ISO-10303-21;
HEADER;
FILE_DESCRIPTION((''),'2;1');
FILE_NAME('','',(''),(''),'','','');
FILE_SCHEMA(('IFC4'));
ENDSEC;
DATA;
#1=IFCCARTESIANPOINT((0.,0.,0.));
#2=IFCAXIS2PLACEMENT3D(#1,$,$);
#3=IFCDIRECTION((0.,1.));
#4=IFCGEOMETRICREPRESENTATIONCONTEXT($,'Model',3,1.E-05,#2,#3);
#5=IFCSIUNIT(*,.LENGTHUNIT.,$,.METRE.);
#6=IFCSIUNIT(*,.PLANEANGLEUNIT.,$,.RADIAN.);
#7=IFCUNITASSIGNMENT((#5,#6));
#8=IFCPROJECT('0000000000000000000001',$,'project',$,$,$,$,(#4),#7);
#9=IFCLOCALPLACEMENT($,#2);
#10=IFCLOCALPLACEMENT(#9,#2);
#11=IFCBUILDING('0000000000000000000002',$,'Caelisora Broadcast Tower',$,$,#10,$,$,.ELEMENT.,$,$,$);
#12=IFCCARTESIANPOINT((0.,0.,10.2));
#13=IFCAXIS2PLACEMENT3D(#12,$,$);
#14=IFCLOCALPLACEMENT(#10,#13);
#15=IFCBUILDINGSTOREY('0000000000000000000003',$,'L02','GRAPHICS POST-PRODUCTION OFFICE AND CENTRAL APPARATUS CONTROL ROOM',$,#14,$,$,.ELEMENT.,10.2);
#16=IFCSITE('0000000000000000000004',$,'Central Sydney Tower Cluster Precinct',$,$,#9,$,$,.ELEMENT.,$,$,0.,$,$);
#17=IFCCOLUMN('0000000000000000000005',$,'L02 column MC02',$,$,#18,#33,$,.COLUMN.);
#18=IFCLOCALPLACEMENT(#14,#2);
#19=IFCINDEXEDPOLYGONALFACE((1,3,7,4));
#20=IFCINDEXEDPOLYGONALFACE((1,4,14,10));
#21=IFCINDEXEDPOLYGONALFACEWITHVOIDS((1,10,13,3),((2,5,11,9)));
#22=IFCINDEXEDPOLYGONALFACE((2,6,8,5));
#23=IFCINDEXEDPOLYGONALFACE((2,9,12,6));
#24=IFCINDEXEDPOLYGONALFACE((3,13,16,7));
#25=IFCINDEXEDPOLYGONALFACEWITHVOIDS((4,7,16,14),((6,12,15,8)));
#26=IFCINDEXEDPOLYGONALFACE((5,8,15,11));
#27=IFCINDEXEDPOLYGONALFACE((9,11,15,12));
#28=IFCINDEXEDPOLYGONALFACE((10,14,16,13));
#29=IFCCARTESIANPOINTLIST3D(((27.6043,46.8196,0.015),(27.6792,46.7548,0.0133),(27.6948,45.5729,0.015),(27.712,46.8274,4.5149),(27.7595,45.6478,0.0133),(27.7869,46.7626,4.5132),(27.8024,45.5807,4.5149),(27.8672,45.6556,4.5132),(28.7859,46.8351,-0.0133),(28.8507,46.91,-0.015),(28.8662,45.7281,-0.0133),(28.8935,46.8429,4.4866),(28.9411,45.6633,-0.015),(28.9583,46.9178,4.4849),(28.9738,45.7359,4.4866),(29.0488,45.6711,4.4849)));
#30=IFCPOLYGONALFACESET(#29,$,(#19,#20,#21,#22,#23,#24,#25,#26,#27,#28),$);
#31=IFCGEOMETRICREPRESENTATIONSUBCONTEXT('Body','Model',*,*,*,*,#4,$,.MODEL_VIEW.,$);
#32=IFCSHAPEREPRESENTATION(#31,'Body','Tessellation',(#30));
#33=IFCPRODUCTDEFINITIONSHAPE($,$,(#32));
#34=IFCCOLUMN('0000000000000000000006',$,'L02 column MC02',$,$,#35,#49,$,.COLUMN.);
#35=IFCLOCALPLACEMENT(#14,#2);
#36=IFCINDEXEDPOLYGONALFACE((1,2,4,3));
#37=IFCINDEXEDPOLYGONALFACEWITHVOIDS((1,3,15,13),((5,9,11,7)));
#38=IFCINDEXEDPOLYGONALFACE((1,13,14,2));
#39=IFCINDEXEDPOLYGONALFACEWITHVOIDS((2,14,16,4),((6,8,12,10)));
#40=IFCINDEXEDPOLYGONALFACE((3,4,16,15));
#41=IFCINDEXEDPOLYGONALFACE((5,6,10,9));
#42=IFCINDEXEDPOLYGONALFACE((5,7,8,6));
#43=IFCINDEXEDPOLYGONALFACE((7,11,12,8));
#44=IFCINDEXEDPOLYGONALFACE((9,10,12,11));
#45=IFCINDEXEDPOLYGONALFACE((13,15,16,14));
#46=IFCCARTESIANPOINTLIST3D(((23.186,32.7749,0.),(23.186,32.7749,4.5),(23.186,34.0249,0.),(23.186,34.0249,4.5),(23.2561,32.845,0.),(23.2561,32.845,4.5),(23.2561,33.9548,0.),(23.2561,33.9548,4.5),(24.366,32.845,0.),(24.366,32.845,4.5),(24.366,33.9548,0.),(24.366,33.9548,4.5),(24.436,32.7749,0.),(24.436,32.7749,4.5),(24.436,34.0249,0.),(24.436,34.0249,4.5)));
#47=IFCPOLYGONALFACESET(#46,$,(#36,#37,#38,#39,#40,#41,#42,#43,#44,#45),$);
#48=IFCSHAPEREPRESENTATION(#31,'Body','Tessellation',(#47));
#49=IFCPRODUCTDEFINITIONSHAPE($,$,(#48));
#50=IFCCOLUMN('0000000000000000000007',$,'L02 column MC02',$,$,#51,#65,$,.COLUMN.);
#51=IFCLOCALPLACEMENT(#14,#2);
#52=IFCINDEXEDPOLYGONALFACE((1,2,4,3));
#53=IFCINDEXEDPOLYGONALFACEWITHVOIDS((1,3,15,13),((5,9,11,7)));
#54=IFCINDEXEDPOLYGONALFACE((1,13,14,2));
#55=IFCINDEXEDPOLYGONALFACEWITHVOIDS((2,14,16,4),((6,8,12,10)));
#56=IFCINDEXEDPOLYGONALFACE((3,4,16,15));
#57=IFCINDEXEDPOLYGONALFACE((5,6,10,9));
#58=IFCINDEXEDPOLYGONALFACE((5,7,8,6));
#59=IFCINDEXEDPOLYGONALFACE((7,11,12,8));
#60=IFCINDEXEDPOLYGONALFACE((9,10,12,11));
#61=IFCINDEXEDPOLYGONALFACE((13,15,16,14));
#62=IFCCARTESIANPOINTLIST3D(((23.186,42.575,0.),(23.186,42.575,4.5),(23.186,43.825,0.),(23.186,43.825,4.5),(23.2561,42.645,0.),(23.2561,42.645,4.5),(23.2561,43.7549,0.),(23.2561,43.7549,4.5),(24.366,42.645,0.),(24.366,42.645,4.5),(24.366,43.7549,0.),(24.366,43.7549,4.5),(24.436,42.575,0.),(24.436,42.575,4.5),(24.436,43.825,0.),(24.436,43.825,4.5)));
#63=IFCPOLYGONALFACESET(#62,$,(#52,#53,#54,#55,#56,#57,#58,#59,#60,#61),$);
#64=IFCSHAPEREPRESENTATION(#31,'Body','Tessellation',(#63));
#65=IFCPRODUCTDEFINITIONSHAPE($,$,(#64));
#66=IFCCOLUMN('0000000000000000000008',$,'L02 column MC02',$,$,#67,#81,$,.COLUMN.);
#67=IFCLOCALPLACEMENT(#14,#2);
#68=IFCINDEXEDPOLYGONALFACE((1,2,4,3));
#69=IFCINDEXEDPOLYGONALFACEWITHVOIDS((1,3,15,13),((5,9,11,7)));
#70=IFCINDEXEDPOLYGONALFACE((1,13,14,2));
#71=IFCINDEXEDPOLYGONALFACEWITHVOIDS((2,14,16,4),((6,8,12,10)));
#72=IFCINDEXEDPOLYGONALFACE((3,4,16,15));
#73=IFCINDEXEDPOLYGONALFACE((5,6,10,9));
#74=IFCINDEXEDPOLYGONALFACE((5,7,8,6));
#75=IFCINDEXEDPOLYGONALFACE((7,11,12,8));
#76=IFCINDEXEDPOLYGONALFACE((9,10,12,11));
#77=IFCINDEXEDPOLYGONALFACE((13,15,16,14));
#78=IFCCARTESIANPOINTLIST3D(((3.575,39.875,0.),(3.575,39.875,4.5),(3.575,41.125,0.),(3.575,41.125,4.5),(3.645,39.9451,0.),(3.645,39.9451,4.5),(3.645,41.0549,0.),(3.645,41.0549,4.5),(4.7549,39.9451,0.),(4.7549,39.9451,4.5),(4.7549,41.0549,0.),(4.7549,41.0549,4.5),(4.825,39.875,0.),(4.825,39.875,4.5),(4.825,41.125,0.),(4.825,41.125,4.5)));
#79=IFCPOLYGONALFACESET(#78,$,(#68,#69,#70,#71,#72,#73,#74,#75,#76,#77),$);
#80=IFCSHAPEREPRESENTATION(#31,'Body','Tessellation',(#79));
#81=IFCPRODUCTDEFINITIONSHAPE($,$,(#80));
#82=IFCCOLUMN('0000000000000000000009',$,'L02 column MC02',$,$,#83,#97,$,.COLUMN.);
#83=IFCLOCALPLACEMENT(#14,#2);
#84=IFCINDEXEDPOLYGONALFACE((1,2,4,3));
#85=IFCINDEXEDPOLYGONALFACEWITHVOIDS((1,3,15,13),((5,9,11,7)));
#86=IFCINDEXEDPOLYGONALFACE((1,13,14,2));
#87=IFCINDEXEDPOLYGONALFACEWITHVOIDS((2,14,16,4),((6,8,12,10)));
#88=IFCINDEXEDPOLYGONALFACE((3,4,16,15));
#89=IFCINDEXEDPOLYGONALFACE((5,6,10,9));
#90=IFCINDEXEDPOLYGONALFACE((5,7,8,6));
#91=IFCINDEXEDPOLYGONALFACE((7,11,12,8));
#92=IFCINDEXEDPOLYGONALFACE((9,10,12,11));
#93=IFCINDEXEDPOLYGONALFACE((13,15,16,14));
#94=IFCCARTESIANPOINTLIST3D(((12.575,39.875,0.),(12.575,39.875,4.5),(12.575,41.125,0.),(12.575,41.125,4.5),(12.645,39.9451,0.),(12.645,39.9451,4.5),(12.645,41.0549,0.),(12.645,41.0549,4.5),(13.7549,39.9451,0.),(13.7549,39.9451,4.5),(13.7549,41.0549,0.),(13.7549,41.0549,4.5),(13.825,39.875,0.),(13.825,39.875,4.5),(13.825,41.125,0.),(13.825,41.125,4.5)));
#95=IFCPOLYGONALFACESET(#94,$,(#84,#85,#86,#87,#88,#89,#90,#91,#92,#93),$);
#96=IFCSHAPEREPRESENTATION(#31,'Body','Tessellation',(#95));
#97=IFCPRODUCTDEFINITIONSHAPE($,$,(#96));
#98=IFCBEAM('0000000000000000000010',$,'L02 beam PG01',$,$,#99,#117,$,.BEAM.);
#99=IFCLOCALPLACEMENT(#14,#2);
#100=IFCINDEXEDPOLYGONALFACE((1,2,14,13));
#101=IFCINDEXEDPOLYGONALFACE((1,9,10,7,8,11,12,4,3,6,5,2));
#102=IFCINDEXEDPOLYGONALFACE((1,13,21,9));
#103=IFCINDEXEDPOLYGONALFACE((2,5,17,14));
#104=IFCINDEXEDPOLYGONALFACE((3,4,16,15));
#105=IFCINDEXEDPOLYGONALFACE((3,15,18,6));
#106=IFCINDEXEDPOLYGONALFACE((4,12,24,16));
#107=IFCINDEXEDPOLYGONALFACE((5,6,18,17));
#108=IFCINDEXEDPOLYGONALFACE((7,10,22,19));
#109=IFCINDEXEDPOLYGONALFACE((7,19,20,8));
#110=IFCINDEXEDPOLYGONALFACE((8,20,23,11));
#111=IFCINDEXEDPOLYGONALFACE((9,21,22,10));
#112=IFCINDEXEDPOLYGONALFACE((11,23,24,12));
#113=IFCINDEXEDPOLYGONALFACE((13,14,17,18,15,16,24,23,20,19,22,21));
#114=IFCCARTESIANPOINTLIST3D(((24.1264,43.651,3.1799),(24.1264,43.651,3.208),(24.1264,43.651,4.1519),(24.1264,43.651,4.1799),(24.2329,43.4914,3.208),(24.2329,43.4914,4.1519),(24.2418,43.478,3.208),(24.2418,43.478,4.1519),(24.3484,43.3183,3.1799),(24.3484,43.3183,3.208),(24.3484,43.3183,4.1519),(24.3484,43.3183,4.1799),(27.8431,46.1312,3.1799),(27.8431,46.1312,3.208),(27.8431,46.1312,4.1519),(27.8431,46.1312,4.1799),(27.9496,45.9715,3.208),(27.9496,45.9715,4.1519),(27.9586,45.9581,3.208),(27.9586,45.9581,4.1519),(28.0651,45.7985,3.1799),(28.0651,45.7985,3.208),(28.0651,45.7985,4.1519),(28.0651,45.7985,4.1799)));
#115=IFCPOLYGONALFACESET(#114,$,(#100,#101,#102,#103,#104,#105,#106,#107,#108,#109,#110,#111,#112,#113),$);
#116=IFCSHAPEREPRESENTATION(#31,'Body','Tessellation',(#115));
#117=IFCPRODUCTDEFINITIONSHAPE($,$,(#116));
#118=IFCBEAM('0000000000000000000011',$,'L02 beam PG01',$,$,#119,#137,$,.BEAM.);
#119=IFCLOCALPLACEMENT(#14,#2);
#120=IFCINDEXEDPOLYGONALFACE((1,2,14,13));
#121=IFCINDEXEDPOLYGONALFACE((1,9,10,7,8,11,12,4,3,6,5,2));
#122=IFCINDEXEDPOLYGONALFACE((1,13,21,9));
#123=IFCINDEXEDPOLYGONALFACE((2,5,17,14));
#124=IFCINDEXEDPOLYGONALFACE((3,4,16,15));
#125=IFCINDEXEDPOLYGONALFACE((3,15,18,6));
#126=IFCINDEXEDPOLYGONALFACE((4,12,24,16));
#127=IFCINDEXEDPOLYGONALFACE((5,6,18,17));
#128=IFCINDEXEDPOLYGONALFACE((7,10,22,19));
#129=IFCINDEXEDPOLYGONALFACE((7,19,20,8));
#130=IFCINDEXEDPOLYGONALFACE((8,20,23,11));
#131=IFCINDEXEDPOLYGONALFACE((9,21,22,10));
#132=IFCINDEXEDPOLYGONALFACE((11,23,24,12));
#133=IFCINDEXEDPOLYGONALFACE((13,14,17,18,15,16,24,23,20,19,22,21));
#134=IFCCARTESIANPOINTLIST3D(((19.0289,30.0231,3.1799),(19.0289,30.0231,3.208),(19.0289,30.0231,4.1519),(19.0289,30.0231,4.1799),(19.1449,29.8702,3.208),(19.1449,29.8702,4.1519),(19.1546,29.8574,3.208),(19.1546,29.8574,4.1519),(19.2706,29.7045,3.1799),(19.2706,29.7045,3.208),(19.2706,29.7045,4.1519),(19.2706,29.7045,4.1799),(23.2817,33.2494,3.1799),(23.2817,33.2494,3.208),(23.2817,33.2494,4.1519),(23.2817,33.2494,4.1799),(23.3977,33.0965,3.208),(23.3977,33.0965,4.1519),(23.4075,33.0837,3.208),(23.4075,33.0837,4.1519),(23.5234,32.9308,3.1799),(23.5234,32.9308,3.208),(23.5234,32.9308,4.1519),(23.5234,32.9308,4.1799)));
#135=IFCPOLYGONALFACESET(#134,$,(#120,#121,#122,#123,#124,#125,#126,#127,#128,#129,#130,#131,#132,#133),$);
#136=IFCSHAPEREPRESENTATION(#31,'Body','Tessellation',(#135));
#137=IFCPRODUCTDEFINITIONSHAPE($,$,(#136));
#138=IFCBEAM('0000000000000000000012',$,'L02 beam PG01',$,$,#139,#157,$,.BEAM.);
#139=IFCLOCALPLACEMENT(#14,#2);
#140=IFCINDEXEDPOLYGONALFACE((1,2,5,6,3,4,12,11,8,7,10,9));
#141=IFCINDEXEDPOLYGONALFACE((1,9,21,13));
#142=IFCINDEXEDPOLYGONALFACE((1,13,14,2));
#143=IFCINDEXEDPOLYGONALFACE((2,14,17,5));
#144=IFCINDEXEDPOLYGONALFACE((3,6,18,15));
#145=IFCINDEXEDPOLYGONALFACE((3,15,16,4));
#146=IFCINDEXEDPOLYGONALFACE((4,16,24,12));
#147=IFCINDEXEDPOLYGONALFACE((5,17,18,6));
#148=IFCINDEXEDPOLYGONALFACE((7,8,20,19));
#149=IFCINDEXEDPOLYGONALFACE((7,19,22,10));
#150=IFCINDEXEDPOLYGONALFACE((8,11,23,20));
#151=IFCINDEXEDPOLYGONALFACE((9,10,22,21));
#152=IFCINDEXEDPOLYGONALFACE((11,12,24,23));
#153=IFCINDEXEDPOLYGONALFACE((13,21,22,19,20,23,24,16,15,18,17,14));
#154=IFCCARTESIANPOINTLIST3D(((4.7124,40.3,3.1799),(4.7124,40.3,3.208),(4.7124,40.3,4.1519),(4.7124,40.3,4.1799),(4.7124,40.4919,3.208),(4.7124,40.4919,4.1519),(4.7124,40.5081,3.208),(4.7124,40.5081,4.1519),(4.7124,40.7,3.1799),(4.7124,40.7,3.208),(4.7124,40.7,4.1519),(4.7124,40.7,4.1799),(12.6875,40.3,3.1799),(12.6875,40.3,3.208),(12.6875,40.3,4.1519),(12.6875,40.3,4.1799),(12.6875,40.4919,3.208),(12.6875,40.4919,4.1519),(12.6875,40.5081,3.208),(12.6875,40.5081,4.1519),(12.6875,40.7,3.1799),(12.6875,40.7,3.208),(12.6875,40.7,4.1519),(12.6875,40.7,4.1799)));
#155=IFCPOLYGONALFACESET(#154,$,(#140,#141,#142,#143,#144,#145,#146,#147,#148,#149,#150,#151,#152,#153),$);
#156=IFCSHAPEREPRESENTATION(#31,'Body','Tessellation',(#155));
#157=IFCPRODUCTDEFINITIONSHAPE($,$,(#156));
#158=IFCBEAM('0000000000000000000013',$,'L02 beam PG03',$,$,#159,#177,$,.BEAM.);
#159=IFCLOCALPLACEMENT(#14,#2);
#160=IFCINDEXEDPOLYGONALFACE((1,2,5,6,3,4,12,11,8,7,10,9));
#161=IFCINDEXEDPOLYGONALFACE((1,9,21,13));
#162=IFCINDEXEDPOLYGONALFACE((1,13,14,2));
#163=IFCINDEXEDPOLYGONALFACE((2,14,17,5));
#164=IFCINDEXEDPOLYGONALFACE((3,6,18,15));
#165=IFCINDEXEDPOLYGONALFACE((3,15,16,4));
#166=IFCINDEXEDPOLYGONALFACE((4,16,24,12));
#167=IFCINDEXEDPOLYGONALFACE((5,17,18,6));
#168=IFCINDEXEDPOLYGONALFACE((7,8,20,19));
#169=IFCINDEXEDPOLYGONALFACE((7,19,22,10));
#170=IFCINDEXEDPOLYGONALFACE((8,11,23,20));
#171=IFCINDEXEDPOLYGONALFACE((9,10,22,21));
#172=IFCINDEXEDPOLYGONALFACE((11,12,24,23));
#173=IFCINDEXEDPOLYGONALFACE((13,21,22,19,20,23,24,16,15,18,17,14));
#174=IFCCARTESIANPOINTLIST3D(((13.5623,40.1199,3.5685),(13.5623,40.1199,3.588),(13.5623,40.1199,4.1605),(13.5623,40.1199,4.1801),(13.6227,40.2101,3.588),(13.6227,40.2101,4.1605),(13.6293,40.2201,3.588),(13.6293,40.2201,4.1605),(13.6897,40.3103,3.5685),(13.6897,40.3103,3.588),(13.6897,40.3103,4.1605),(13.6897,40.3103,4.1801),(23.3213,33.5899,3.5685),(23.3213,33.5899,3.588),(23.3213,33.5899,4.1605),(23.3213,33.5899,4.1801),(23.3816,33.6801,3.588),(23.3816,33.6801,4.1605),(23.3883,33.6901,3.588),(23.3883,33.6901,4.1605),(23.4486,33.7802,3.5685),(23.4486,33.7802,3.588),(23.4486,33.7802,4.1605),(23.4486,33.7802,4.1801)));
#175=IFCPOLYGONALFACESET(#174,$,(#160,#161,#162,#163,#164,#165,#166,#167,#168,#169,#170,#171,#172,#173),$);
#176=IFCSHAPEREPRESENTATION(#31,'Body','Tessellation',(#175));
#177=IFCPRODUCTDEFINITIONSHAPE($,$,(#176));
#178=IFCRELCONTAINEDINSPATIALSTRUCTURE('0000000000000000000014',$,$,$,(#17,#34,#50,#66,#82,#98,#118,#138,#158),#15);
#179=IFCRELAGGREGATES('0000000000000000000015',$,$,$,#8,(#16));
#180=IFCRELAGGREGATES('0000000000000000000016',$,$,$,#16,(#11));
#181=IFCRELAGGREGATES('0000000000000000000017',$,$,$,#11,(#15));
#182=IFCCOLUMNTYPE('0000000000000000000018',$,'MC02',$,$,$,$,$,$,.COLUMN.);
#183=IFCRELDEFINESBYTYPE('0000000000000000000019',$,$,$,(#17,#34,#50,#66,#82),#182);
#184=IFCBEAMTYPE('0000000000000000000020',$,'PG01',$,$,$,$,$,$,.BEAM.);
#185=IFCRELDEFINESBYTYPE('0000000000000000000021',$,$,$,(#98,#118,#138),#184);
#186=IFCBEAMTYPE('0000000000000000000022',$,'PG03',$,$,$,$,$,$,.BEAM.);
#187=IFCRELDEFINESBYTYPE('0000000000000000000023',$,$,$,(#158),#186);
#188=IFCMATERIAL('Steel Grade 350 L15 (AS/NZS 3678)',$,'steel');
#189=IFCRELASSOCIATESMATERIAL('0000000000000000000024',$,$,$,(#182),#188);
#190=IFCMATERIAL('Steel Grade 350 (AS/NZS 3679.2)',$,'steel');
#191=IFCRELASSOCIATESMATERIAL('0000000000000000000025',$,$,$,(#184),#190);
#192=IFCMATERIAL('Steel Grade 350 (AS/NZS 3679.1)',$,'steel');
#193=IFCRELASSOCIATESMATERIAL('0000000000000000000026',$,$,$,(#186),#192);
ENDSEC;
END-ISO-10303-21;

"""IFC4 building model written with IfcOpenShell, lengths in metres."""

from ifc_helpers import new_model, si_unit, direction, frame, origin, origin_2d, place, context, subcontext, project, spatial, hollow_rectangle, i_section, extrude, source, transform, mapped, material, material_profile, profile_set, type_object, type_shapes, element, save


model = new_model("IFC4")

# Units and contexts
model_context = context("Model", 3, precision=1e-05, world=origin(), true_north=direction((0.0, 1.0)))
body_context = subcontext(model_context, "Body", "Model", "MODEL_VIEW")
ifc_project = project(units=[si_unit("LENGTHUNIT", "METRE"), si_unit("PLANEANGLEUNIT", "RADIAN")], contexts=[model_context])

# Site, building, storey
site_placement = place(None, origin())
site = spatial("IfcSite", under=ifc_project, at=site_placement, Name="Central Sydney Tower Cluster Precinct", CompositionType="ELEMENT", RefElevation=0.0)
building_placement = place(site_placement, origin())
building = spatial("IfcBuilding", under=site, at=building_placement, Name="Caelisora Broadcast Tower", CompositionType="ELEMENT")
storey_placement = place(building_placement, frame((0.0, 0.0, 10.2)))
storey = spatial("IfcBuildingStorey", under=building, at=storey_placement, Name="L02", Description="GRAPHICS POST-PRODUCTION OFFICE AND CENTRAL APPARATUS CONTROL ROOM", CompositionType="ELEMENT", Elevation=10.2)

# Columns
ifc_material_1 = material(Name="Steel Grade 350 L15 (AS/NZS 3678)", Category="steel")
ifc_material_profile_1 = material_profile(ifc_material_1, hollow_rectangle(XDim=1.25, YDim=1.25, WallThickness=0.0701, at=origin_2d()), Name="Steel Grade 350 L15 (AS/NZS 3678)")
ifc_profile_set_1 = profile_set([ifc_material_profile_1], Name="Steel Grade 350 L15 (AS/NZS 3678)")
column_type = type_object("IfcColumnType", Name="MC02", PredefinedType="COLUMN", material=ifc_profile_set_1)
shared_shape_1 = source(origin(), body_context, "Body", "SweptSolid", [
    extrude(hollow_rectangle(XDim=1.25, YDim=1.25, WallThickness=0.0701, at=origin_2d()), origin(), (0.0, 0.0, 1.0), 4.5012),
])
column_placement = place(storey_placement, frame((28.2727, 46.2415, 0.0), z_axis=(0.023919, 0.001736, 0.999712), x_axis=(-0.072372, 0.997378, 0.0)))
element("IfcColumn", 1, at=column_placement, inside=storey, type_object=column_type, Name="L02 column MC02", PredefinedType="COLUMN", context=body_context, shape_type="MappedRepresentation", body=[
    mapped(shared_shape_1, transform((0.0, 0.0, 0.0), scale=1.0)),
])
shared_shape_2 = source(origin(), body_context, "Body", "SweptSolid", [
    extrude(hollow_rectangle(XDim=1.25, YDim=1.25, WallThickness=0.0701, at=origin_2d()), origin(), (0.0, 0.0, 1.0), 4.5),
])
type_shapes(column_type, [shared_shape_1, shared_shape_2])
for number, where, z_axis, x_axis, name in (
    (2, (23.811, 33.3999, 0.0), (0.0, 0.0, 1.0), (1.0, 0.0, 0.0), "L02 column MC02"),
    (3, (23.811, 43.2, 0.0), (0.0, 0.0, 1.0), (1.0, 0.0, 0.0), "L02 column MC02"),
    (4, (4.2, 40.5, 0.0), (0.0, 0.0, 1.0), (1.0, 0.0, 0.0), "L02 column MC02"),
    (5, (13.2, 40.5, 0.0), (0.0, 0.0, 1.0), (1.0, 0.0, 0.0), "L02 column MC02"),
):
    element("IfcColumn", number, at=place(storey_placement, frame(where, z_axis=z_axis, x_axis=x_axis)), inside=storey, type_object=column_type, Name=name, PredefinedType="COLUMN", context=body_context, shape_type="MappedRepresentation", body=[
        mapped(shared_shape_2, transform((0.0, 0.0, 0.0), scale=1.0)),
    ])

# Beams
ifc_material_2 = material(Name="Steel Grade 350 (AS/NZS 3679.2)", Category="steel")
ifc_material_profile_2 = material_profile(ifc_material_2, i_section(OverallWidth=0.3999, OverallDepth=1.0, WebThickness=0.0161, FlangeThickness=0.0281, at=origin_2d()), Name="Steel Grade 350 (AS/NZS 3679.2)")
ifc_profile_set_2 = profile_set([ifc_material_profile_2], Name="Steel Grade 350 (AS/NZS 3679.2)")
beam_type_1 = type_object("IfcBeamType", Name="PG01", PredefinedType="BEAM", material=ifc_profile_set_2)
shared_shape_3 = source(origin(), body_context, "Body", "SweptSolid", [
    extrude(i_section(OverallWidth=0.3999, OverallDepth=1.0, WebThickness=0.0161, FlangeThickness=0.0281, at=origin_2d()), origin(), (0.0, 0.0, 1.0), 4.4683),
])
beam_1_placement = place(storey_placement, frame((27.9541, 45.9648, 3.6799), z_axis=(-0.831806, -0.555066, 0.0), x_axis=(0.555066, -0.831806, 0.0)))
element("IfcBeam", 6, at=beam_1_placement, inside=storey, type_object=beam_type_1, Name="L02 beam PG01", PredefinedType="BEAM", context=body_context, shape_type="MappedRepresentation", body=[
    mapped(shared_shape_3, transform((0.0, 0.0, 0.0), scale=1.0)),
])
shared_shape_4 = source(origin(), body_context, "Body", "SweptSolid", [
    extrude(i_section(OverallWidth=0.3999, OverallDepth=1.0, WebThickness=0.0161, FlangeThickness=0.0281, at=origin_2d()), origin(), (0.0, 0.0, 1.0), 5.3381),
])
beam_2_placement = place(storey_placement, frame((23.4026, 33.0901, 3.6799), z_axis=(-0.796695, -0.604381, 0.0), x_axis=(0.604381, -0.796695, 0.0)))
element("IfcBeam", 7, at=beam_2_placement, inside=storey, type_object=beam_type_1, Name="L02 beam PG01", PredefinedType="BEAM", context=body_context, shape_type="MappedRepresentation", body=[
    mapped(shared_shape_4, transform((0.0, 0.0, 0.0), scale=1.0)),
])
shared_shape_5 = source(origin(), body_context, "Body", "SweptSolid", [
    extrude(i_section(OverallWidth=0.3999, OverallDepth=1.0, WebThickness=0.0161, FlangeThickness=0.0281, at=origin_2d()), origin(), (0.0, 0.0, 1.0), 7.9751),
])
beam_3_placement = place(storey_placement, frame((4.7124, 40.5, 3.6799), z_axis=(1.0, 0.0, 0.0), x_axis=(0.0, 1.0, 0.0)))
element("IfcBeam", 8, at=beam_3_placement, inside=storey, type_object=beam_type_1, Name="L02 beam PG01", PredefinedType="BEAM", context=body_context, shape_type="MappedRepresentation", body=[
    mapped(shared_shape_5, transform((0.0, 0.0, 0.0), scale=1.0)),
])
ifc_material_3 = material(Name="Steel Grade 350 (AS/NZS 3679.1)", Category="steel")
ifc_material_profile_3 = material_profile(ifc_material_3, i_section(OverallWidth=0.229, OverallDepth=0.6116, WebThickness=0.012, FlangeThickness=0.0195, at=origin_2d()), Name="Steel Grade 350 (AS/NZS 3679.1)")
ifc_profile_set_3 = profile_set([ifc_material_profile_3], Name="Steel Grade 350 (AS/NZS 3679.1)")
beam_type_2 = type_object("IfcBeamType", Name="PG03", PredefinedType="BEAM", material=ifc_profile_set_3)
shared_shape_6 = source(origin(), body_context, "Body", "SweptSolid", [
    extrude(i_section(OverallWidth=0.229, OverallDepth=0.6116, WebThickness=0.012, FlangeThickness=0.0195, at=origin_2d()), origin(), (0.0, 0.0, 1.0), 11.7422),
])
type_shapes(beam_type_2, [shared_shape_6])
beam_4_placement = place(storey_placement, frame((13.626, 40.2151, 3.8743), z_axis=(0.831105, -0.556115, 0.0), x_axis=(0.556115, 0.831105, 0.0)))
element("IfcBeam", 9, at=beam_4_placement, inside=storey, type_object=beam_type_2, Name="L02 beam PG03", PredefinedType="BEAM", context=body_context, shape_type="MappedRepresentation", body=[
    mapped(shared_shape_6, transform((0.0, 0.0, 0.0), scale=1.0)),
])

save(model, "model.ifc")
